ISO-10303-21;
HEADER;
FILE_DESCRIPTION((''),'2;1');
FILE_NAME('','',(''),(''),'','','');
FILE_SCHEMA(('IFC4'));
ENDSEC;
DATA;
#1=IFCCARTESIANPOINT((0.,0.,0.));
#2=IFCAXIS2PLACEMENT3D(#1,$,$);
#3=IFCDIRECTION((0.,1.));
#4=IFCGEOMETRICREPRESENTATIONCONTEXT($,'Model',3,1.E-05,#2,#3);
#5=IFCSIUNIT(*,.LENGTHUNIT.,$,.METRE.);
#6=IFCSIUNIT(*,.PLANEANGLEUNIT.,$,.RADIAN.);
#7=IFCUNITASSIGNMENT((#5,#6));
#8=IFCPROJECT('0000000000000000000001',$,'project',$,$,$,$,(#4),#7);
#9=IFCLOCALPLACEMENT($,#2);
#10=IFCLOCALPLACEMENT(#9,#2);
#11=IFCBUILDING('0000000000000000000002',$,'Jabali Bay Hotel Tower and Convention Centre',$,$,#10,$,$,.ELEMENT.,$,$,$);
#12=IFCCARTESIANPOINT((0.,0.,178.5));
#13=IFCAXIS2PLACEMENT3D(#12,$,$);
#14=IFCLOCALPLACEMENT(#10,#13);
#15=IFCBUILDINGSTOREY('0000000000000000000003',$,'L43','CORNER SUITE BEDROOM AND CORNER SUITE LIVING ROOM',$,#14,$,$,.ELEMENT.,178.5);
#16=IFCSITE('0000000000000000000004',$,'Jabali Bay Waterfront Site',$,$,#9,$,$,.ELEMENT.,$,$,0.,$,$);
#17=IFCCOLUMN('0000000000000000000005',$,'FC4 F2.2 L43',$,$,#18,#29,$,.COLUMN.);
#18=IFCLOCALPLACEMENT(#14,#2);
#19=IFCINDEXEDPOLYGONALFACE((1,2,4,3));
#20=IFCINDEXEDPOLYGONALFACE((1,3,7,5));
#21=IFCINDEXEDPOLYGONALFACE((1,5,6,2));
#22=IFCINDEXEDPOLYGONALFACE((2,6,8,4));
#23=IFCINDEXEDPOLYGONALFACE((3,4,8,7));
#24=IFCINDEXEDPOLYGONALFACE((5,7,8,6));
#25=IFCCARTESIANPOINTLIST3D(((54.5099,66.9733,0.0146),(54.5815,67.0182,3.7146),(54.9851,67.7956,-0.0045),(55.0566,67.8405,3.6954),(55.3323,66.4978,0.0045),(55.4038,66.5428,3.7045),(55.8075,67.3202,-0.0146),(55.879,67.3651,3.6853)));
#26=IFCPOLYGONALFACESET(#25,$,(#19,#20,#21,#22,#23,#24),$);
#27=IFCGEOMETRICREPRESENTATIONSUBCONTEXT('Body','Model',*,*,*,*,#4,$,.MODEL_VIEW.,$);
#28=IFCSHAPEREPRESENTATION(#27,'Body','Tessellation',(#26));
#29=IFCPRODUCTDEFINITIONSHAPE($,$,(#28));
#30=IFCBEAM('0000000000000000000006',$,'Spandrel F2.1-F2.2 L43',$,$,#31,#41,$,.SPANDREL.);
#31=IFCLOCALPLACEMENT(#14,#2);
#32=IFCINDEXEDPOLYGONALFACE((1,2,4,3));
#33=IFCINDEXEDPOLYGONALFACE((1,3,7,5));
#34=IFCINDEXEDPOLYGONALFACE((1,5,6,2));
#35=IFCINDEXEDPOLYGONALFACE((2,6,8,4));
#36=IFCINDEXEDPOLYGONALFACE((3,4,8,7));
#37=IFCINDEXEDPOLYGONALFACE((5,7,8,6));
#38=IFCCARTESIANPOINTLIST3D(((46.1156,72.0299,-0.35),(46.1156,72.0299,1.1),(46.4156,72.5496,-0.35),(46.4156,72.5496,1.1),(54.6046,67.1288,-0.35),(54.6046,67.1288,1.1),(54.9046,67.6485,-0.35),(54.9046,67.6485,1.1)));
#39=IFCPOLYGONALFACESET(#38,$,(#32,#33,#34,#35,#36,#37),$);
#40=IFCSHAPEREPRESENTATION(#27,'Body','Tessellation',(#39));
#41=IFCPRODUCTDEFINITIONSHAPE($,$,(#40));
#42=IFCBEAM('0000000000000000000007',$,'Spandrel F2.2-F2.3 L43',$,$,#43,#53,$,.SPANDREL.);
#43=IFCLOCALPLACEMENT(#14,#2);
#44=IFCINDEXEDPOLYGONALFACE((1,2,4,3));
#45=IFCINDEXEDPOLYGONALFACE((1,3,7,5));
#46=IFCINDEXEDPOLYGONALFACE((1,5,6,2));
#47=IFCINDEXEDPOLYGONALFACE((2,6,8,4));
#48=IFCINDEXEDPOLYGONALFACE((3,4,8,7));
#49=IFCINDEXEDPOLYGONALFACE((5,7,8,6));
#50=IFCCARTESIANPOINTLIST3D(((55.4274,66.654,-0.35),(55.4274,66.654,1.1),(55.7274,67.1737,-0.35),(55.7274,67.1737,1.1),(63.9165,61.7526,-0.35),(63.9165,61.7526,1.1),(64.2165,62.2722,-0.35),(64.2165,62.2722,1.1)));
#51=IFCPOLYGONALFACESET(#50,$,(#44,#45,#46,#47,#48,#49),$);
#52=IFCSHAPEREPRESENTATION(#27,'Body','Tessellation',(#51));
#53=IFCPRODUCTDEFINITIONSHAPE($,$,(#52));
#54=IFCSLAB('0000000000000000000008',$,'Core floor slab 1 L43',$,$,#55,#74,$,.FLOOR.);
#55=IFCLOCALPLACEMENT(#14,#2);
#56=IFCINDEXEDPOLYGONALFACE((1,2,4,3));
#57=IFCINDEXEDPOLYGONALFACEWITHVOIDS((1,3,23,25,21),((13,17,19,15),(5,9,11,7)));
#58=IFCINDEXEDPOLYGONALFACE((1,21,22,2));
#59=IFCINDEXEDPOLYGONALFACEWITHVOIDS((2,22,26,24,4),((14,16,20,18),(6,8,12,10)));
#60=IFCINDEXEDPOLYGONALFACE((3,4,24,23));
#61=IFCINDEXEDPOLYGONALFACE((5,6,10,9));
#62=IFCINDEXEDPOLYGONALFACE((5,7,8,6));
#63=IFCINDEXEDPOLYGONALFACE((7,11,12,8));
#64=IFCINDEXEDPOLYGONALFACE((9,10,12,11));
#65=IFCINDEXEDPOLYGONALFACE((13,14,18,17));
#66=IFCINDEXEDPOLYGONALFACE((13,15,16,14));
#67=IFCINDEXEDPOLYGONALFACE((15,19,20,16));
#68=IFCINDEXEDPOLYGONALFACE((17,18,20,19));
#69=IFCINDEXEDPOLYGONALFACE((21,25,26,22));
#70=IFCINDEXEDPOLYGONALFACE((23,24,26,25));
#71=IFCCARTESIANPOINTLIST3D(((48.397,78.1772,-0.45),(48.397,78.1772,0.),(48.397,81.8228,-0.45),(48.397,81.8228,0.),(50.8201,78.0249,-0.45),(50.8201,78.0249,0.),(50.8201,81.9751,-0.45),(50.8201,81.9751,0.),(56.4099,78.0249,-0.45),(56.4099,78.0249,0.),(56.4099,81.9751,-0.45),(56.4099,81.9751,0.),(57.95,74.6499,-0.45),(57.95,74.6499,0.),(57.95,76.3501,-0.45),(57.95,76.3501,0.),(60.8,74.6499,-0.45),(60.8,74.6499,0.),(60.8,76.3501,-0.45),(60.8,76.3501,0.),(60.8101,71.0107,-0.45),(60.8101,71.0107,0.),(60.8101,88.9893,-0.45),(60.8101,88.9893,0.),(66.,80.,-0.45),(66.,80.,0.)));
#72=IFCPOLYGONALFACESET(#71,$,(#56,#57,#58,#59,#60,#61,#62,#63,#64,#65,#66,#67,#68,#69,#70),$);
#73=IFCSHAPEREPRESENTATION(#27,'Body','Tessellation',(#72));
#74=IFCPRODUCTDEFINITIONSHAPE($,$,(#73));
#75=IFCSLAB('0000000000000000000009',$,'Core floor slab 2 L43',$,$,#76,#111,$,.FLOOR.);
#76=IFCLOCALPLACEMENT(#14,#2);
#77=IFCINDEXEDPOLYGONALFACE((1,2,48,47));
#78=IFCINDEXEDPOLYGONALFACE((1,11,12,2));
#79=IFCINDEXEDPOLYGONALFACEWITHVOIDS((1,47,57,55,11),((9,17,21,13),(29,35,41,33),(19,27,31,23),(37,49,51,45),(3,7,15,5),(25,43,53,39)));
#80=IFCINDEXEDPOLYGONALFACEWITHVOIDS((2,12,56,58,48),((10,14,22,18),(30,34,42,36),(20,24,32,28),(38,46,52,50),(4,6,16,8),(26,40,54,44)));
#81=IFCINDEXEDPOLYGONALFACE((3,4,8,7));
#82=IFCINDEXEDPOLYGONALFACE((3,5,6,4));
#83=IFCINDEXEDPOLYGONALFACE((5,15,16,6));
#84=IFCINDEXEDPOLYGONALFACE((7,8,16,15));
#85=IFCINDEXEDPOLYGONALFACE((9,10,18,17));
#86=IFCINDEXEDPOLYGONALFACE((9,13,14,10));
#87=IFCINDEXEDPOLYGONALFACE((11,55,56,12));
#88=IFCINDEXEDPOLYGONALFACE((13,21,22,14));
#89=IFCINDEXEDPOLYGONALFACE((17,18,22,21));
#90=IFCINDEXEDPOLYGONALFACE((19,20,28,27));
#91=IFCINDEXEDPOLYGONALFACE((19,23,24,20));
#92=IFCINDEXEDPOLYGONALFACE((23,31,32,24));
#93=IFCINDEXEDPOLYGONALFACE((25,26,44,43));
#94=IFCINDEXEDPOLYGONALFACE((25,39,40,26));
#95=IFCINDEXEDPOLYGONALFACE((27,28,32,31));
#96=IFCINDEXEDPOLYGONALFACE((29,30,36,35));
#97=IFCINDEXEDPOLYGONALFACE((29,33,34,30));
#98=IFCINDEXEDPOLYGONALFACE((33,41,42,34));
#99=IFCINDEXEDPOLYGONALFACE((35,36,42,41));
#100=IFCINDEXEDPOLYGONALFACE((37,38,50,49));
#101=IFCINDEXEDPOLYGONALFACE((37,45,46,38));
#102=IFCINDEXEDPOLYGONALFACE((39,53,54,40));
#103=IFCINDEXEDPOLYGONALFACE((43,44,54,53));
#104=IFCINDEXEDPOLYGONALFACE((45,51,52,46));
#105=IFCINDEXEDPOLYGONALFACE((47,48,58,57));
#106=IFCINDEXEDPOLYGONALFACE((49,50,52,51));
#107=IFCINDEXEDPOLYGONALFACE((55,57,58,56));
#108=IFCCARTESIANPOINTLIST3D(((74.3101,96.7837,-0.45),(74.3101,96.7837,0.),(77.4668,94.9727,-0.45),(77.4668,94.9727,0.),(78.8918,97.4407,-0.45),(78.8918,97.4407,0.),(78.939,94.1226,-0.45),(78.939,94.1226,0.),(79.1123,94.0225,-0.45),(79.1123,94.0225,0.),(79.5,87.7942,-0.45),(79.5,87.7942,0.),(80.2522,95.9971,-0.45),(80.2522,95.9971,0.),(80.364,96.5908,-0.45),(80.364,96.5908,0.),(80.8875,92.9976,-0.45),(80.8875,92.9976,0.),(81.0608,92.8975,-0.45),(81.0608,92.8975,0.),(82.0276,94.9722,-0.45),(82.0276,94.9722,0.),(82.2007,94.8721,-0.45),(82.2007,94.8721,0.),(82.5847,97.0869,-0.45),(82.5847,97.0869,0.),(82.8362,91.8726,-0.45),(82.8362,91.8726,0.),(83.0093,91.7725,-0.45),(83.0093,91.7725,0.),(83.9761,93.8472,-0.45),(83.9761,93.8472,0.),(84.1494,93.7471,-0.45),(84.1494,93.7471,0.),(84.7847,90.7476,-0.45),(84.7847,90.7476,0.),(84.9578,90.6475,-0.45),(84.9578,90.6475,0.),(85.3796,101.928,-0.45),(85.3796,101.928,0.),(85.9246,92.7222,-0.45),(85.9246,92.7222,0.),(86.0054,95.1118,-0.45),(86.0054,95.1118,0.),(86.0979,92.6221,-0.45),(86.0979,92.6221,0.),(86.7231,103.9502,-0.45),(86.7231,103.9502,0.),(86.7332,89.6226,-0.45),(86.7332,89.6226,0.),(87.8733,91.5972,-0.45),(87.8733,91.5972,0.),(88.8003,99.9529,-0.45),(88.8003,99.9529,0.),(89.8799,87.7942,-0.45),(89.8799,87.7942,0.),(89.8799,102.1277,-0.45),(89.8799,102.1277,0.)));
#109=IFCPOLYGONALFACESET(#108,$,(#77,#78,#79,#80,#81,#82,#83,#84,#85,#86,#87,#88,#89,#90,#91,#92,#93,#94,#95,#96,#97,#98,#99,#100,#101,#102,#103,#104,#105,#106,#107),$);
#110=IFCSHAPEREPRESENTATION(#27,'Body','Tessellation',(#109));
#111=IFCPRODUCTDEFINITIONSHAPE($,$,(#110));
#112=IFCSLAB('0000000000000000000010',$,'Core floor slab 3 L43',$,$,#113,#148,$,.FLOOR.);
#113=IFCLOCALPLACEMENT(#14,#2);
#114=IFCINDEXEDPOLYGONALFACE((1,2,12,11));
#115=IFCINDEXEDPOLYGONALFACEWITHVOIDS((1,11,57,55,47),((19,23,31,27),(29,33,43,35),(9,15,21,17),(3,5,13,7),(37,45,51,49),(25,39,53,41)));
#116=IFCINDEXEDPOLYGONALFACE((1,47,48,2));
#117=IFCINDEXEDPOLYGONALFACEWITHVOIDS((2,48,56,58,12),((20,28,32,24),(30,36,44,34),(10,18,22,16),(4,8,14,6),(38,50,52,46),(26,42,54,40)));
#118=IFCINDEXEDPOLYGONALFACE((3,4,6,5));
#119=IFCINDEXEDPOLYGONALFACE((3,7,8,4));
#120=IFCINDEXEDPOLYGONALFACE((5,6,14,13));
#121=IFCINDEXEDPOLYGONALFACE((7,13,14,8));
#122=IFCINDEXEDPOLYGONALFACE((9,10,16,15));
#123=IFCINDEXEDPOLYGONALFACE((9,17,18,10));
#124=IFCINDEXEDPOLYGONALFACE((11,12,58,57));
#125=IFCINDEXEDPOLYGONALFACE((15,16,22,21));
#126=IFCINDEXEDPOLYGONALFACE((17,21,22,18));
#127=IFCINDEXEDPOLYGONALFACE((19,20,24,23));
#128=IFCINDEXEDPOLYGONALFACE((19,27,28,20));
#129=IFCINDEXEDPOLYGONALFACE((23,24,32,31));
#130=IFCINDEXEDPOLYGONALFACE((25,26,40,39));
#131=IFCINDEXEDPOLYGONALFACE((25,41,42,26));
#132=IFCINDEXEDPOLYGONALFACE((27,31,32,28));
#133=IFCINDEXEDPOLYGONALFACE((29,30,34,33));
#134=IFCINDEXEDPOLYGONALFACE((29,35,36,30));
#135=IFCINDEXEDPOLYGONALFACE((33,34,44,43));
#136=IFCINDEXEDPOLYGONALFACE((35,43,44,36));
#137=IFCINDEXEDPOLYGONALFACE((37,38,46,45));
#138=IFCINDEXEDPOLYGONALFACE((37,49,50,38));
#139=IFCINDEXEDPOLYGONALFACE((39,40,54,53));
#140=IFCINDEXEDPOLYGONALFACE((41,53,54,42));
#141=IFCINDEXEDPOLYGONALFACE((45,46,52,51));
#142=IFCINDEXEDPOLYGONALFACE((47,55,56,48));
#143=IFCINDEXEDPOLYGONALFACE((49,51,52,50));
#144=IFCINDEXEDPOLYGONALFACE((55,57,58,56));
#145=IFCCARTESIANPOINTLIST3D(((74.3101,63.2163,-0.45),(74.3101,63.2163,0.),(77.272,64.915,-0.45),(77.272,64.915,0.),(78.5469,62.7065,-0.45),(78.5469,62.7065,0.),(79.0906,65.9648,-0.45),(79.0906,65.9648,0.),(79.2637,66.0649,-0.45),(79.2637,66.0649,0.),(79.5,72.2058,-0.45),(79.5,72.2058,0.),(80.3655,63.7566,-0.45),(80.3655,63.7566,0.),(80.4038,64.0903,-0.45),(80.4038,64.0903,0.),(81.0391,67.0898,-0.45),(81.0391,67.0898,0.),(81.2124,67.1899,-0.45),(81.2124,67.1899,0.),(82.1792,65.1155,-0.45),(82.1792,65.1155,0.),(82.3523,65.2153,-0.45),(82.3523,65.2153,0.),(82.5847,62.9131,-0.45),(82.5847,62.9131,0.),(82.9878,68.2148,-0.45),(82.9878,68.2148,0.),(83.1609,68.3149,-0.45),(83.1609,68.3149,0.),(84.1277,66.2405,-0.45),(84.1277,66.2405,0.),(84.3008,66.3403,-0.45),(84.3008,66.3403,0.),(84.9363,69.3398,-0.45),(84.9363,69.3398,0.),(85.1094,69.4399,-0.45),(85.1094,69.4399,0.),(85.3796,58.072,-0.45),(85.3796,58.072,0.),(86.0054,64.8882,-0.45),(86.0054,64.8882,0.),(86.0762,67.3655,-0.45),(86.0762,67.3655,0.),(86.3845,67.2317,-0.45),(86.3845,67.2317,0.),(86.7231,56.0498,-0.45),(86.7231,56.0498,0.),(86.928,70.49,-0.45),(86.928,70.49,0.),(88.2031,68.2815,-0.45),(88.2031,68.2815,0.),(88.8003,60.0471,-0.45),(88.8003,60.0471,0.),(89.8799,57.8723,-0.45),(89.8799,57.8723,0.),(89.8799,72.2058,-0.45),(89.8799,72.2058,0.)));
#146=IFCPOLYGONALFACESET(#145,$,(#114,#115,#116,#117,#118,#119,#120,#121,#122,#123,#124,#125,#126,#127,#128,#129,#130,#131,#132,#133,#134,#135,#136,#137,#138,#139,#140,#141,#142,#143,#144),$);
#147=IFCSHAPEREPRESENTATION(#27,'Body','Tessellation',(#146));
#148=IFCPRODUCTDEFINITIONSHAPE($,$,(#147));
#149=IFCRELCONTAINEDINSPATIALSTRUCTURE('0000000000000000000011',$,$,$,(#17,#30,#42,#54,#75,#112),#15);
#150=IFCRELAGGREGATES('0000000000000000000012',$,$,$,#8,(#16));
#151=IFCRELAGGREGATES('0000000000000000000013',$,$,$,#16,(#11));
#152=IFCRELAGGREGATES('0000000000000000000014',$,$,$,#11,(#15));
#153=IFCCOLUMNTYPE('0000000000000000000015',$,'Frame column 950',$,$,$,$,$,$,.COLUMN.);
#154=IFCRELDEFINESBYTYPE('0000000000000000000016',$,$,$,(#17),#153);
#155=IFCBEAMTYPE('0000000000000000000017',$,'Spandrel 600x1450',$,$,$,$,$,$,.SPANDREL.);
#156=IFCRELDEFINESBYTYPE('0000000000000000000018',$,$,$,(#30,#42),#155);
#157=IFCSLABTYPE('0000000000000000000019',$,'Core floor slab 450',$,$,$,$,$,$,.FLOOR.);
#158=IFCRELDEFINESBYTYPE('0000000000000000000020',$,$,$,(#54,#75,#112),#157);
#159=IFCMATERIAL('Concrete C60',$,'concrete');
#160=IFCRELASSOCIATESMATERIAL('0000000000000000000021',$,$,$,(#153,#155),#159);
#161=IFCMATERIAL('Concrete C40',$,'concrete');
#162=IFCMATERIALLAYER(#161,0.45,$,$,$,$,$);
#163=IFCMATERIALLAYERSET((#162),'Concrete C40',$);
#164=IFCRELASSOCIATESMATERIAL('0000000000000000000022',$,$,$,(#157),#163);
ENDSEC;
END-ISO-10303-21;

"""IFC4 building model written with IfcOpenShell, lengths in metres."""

from ifc_helpers import new_model, si_unit, direction, frame, origin, origin_2d, place, context, subcontext, project, spatial, polyline, rectangle, outline, extrude, material, layer, layer_set, material_profile, profile_set, type_object, element, save


model = new_model("IFC4")

# Units and contexts
model_context = context("Model", 3, precision=1e-05, world=origin(), true_north=direction((0.0, 1.0)))
body_context = subcontext(model_context, "Body", "Model", "MODEL_VIEW")
ifc_project = project(units=[si_unit("LENGTHUNIT", "METRE"), si_unit("PLANEANGLEUNIT", "RADIAN")], contexts=[model_context])

# Site, building, storey
site_placement = place(None, origin())
site = spatial("IfcSite", under=ifc_project, at=site_placement, Name="Jabali Bay Waterfront Site", CompositionType="ELEMENT", RefElevation=0.0)
building_placement = place(site_placement, origin())
building = spatial("IfcBuilding", under=site, at=building_placement, Name="Jabali Bay Hotel Tower and Convention Centre", CompositionType="ELEMENT")
storey_placement = place(building_placement, frame((0.0, 0.0, 178.5)))
storey = spatial("IfcBuildingStorey", under=building, at=storey_placement, Name="L43", Description="CORNER SUITE BEDROOM AND CORNER SUITE LIVING ROOM", CompositionType="ELEMENT", Elevation=178.5)

# Column
ifc_material_1 = material(Name="Concrete C60", Category="concrete")
ifc_material_profile_1 = material_profile(ifc_material_1, rectangle(XDim=0.95, YDim=0.95, at=origin_2d()), Name="Frame column 950")
ifc_profile_set_1 = profile_set([ifc_material_profile_1], Name="Concrete C60")
column_type = type_object("IfcColumnType", Name="Frame column 950", PredefinedType="COLUMN", material=ifc_profile_set_1)
column_placement = place(storey_placement, frame((55.1587, 67.1467, 0.0), z_axis=(0.019329, 0.012138, 0.99974), x_axis=(-0.865689, 0.500469, 0.010661)))
element("IfcColumn", 1, at=column_placement, inside=storey, type_object=column_type, Name="FC4 F2.2 L43", PredefinedType="COLUMN", context=body_context, shape_type="SweptSolid", body=[
    extrude(rectangle(XDim=0.95, YDim=0.95, at=origin_2d()), origin(), (0.0, 0.0, 1.0), 3.7009),
])

# Beams
ifc_material_profile_2 = material_profile(ifc_material_1, rectangle(XDim=0.6001, YDim=1.45, at=origin_2d()), Name="Spandrel 600x1450")
ifc_profile_set_2 = profile_set([ifc_material_profile_2], Name="Concrete C60")
beam_type = type_object("IfcBeamType", Name="Spandrel 600x1450", PredefinedType="SPANDREL", material=ifc_profile_set_2)
beam_1_placement = place(storey_placement, frame((46.2656, 72.2898, 0.375), z_axis=(0.866026, -0.499999, 0.0), x_axis=(0.499999, 0.866026, 0.0)))
element("IfcBeam", 2, at=beam_1_placement, inside=storey, type_object=beam_type, Name="Spandrel F2.1-F2.2 L43", PredefinedType="SPANDREL", context=body_context, shape_type="SweptSolid", body=[
    extrude(rectangle(XDim=0.6001, YDim=1.45, at=origin_2d()), origin(), (0.0, 0.0, 1.0), 9.8022),
])
beam_2_placement = place(storey_placement, frame((55.5774, 66.9138, 0.375), z_axis=(0.866015, -0.500018, 0.0), x_axis=(0.500018, 0.866015, 0.0)))
element("IfcBeam", 3, at=beam_2_placement, inside=storey, type_object=beam_type, Name="Spandrel F2.2-F2.3 L43", PredefinedType="SPANDREL", context=body_context, shape_type="SweptSolid", body=[
    extrude(rectangle(XDim=0.6001, YDim=1.45, at=origin_2d()), origin(), (0.0, 0.0, 1.0), 9.8025),
])

# Slabs
ifc_material_2 = material(Name="Concrete C40", Category="concrete")
ifc_layer_1 = layer(ifc_material_2, 0.45)
ifc_layer_set_1 = layer_set([ifc_layer_1], Name="Concrete C40")
slab_type_1 = type_object("IfcSlabType", Name="Core floor slab 450", PredefinedType="FLOOR", material=ifc_layer_set_1)
slab_1_placement = place(storey_placement, frame((0.0, 0.0, -0.45)))
element("IfcSlab", 4, at=slab_1_placement, inside=storey, type_object=slab_type_1, Name="Core floor slab 1 L43", PredefinedType="FLOOR", context=body_context, shape_type="SweptSolid", body=[
    extrude(outline(polyline([(66.0, 80.0), (60.8101, 88.9893), (48.397, 81.8228), (48.397, 78.1772), (60.8101, 71.0107), (66.0, 80.0)]), holes=[polyline([(60.8, 76.3501), (57.95, 76.3501), (57.95, 74.6499), (60.8, 74.6499), (60.8, 76.3501)]), polyline([(50.8201, 81.9751), (50.8201, 78.0249), (56.4099, 78.0249), (56.4099, 81.9751), (50.8201, 81.9751)])]), origin(), (0.0, 0.0, 1.0), 0.45),
])
slab_2_placement = place(storey_placement, frame((0.0, 0.0, -0.45)))
element("IfcSlab", 5, at=slab_2_placement, inside=storey, type_object=slab_type_1, Name="Core floor slab 2 L43", PredefinedType="FLOOR", context=body_context, shape_type="SweptSolid", body=[
    extrude(outline(polyline([(79.5, 87.7942), (89.8799, 87.7942), (89.8799, 102.1277), (86.7231, 103.9502), (74.3101, 96.7837), (79.5, 87.7942)]), holes=[polyline([(84.9578, 90.6475), (86.7332, 89.6226), (87.8733, 91.5972), (86.0979, 92.6221), (84.9578, 90.6475)]), polyline([(84.1494, 93.7471), (83.0093, 91.7725), (84.7847, 90.7476), (85.9246, 92.7222), (84.1494, 93.7471)]), polyline([(82.2007, 94.8721), (81.0608, 92.8975), (82.8362, 91.8726), (83.9761, 93.8472), (82.2007, 94.8721)]), polyline([(79.1123, 94.0225), (80.8875, 92.9976), (82.0276, 94.9722), (80.2522, 95.9971), (79.1123, 94.0225)]), polyline([(78.8918, 97.4407), (77.4668, 94.9727), (78.939, 94.1226), (80.364, 96.5908), (78.8918, 97.4407)]), polyline([(82.5847, 97.0869), (86.0054, 95.1118), (88.8003, 99.9529), (85.3796, 101.928), (82.5847, 97.0869)])]), origin(), (0.0, 0.0, 1.0), 0.45),
])
slab_3_placement = place(storey_placement, frame((0.0, 0.0, -0.45)))
element("IfcSlab", 6, at=slab_3_placement, inside=storey, type_object=slab_type_1, Name="Core floor slab 3 L43", PredefinedType="FLOOR", context=body_context, shape_type="SweptSolid", body=[
    extrude(outline(polyline([(79.5, 72.2058), (74.3101, 63.2163), (86.7231, 56.0498), (89.8799, 57.8723), (89.8799, 72.2058), (79.5, 72.2058)]), holes=[polyline([(82.5847, 62.9131), (85.3796, 58.072), (88.8003, 60.0471), (86.0054, 64.8882), (82.5847, 62.9131)]), polyline([(80.3655, 63.7566), (79.0906, 65.9648), (77.272, 64.915), (78.5469, 62.7065), (80.3655, 63.7566)]), polyline([(82.1792, 65.1155), (81.0391, 67.0898), (79.2637, 66.0649), (80.4038, 64.0903), (82.1792, 65.1155)]), polyline([(82.9878, 68.2148), (81.2124, 67.1899), (82.3523, 65.2153), (84.1277, 66.2405), (82.9878, 68.2148)]), polyline([(86.0762, 67.3655), (84.9363, 69.3398), (83.1609, 68.3149), (84.3008, 66.3403), (86.0762, 67.3655)]), polyline([(88.2031, 68.2815), (86.928, 70.49), (85.1094, 69.4399), (86.3845, 67.2317), (88.2031, 68.2815)])]), origin(), (0.0, 0.0, 1.0), 0.45),
])

save(model, "model.ifc")
